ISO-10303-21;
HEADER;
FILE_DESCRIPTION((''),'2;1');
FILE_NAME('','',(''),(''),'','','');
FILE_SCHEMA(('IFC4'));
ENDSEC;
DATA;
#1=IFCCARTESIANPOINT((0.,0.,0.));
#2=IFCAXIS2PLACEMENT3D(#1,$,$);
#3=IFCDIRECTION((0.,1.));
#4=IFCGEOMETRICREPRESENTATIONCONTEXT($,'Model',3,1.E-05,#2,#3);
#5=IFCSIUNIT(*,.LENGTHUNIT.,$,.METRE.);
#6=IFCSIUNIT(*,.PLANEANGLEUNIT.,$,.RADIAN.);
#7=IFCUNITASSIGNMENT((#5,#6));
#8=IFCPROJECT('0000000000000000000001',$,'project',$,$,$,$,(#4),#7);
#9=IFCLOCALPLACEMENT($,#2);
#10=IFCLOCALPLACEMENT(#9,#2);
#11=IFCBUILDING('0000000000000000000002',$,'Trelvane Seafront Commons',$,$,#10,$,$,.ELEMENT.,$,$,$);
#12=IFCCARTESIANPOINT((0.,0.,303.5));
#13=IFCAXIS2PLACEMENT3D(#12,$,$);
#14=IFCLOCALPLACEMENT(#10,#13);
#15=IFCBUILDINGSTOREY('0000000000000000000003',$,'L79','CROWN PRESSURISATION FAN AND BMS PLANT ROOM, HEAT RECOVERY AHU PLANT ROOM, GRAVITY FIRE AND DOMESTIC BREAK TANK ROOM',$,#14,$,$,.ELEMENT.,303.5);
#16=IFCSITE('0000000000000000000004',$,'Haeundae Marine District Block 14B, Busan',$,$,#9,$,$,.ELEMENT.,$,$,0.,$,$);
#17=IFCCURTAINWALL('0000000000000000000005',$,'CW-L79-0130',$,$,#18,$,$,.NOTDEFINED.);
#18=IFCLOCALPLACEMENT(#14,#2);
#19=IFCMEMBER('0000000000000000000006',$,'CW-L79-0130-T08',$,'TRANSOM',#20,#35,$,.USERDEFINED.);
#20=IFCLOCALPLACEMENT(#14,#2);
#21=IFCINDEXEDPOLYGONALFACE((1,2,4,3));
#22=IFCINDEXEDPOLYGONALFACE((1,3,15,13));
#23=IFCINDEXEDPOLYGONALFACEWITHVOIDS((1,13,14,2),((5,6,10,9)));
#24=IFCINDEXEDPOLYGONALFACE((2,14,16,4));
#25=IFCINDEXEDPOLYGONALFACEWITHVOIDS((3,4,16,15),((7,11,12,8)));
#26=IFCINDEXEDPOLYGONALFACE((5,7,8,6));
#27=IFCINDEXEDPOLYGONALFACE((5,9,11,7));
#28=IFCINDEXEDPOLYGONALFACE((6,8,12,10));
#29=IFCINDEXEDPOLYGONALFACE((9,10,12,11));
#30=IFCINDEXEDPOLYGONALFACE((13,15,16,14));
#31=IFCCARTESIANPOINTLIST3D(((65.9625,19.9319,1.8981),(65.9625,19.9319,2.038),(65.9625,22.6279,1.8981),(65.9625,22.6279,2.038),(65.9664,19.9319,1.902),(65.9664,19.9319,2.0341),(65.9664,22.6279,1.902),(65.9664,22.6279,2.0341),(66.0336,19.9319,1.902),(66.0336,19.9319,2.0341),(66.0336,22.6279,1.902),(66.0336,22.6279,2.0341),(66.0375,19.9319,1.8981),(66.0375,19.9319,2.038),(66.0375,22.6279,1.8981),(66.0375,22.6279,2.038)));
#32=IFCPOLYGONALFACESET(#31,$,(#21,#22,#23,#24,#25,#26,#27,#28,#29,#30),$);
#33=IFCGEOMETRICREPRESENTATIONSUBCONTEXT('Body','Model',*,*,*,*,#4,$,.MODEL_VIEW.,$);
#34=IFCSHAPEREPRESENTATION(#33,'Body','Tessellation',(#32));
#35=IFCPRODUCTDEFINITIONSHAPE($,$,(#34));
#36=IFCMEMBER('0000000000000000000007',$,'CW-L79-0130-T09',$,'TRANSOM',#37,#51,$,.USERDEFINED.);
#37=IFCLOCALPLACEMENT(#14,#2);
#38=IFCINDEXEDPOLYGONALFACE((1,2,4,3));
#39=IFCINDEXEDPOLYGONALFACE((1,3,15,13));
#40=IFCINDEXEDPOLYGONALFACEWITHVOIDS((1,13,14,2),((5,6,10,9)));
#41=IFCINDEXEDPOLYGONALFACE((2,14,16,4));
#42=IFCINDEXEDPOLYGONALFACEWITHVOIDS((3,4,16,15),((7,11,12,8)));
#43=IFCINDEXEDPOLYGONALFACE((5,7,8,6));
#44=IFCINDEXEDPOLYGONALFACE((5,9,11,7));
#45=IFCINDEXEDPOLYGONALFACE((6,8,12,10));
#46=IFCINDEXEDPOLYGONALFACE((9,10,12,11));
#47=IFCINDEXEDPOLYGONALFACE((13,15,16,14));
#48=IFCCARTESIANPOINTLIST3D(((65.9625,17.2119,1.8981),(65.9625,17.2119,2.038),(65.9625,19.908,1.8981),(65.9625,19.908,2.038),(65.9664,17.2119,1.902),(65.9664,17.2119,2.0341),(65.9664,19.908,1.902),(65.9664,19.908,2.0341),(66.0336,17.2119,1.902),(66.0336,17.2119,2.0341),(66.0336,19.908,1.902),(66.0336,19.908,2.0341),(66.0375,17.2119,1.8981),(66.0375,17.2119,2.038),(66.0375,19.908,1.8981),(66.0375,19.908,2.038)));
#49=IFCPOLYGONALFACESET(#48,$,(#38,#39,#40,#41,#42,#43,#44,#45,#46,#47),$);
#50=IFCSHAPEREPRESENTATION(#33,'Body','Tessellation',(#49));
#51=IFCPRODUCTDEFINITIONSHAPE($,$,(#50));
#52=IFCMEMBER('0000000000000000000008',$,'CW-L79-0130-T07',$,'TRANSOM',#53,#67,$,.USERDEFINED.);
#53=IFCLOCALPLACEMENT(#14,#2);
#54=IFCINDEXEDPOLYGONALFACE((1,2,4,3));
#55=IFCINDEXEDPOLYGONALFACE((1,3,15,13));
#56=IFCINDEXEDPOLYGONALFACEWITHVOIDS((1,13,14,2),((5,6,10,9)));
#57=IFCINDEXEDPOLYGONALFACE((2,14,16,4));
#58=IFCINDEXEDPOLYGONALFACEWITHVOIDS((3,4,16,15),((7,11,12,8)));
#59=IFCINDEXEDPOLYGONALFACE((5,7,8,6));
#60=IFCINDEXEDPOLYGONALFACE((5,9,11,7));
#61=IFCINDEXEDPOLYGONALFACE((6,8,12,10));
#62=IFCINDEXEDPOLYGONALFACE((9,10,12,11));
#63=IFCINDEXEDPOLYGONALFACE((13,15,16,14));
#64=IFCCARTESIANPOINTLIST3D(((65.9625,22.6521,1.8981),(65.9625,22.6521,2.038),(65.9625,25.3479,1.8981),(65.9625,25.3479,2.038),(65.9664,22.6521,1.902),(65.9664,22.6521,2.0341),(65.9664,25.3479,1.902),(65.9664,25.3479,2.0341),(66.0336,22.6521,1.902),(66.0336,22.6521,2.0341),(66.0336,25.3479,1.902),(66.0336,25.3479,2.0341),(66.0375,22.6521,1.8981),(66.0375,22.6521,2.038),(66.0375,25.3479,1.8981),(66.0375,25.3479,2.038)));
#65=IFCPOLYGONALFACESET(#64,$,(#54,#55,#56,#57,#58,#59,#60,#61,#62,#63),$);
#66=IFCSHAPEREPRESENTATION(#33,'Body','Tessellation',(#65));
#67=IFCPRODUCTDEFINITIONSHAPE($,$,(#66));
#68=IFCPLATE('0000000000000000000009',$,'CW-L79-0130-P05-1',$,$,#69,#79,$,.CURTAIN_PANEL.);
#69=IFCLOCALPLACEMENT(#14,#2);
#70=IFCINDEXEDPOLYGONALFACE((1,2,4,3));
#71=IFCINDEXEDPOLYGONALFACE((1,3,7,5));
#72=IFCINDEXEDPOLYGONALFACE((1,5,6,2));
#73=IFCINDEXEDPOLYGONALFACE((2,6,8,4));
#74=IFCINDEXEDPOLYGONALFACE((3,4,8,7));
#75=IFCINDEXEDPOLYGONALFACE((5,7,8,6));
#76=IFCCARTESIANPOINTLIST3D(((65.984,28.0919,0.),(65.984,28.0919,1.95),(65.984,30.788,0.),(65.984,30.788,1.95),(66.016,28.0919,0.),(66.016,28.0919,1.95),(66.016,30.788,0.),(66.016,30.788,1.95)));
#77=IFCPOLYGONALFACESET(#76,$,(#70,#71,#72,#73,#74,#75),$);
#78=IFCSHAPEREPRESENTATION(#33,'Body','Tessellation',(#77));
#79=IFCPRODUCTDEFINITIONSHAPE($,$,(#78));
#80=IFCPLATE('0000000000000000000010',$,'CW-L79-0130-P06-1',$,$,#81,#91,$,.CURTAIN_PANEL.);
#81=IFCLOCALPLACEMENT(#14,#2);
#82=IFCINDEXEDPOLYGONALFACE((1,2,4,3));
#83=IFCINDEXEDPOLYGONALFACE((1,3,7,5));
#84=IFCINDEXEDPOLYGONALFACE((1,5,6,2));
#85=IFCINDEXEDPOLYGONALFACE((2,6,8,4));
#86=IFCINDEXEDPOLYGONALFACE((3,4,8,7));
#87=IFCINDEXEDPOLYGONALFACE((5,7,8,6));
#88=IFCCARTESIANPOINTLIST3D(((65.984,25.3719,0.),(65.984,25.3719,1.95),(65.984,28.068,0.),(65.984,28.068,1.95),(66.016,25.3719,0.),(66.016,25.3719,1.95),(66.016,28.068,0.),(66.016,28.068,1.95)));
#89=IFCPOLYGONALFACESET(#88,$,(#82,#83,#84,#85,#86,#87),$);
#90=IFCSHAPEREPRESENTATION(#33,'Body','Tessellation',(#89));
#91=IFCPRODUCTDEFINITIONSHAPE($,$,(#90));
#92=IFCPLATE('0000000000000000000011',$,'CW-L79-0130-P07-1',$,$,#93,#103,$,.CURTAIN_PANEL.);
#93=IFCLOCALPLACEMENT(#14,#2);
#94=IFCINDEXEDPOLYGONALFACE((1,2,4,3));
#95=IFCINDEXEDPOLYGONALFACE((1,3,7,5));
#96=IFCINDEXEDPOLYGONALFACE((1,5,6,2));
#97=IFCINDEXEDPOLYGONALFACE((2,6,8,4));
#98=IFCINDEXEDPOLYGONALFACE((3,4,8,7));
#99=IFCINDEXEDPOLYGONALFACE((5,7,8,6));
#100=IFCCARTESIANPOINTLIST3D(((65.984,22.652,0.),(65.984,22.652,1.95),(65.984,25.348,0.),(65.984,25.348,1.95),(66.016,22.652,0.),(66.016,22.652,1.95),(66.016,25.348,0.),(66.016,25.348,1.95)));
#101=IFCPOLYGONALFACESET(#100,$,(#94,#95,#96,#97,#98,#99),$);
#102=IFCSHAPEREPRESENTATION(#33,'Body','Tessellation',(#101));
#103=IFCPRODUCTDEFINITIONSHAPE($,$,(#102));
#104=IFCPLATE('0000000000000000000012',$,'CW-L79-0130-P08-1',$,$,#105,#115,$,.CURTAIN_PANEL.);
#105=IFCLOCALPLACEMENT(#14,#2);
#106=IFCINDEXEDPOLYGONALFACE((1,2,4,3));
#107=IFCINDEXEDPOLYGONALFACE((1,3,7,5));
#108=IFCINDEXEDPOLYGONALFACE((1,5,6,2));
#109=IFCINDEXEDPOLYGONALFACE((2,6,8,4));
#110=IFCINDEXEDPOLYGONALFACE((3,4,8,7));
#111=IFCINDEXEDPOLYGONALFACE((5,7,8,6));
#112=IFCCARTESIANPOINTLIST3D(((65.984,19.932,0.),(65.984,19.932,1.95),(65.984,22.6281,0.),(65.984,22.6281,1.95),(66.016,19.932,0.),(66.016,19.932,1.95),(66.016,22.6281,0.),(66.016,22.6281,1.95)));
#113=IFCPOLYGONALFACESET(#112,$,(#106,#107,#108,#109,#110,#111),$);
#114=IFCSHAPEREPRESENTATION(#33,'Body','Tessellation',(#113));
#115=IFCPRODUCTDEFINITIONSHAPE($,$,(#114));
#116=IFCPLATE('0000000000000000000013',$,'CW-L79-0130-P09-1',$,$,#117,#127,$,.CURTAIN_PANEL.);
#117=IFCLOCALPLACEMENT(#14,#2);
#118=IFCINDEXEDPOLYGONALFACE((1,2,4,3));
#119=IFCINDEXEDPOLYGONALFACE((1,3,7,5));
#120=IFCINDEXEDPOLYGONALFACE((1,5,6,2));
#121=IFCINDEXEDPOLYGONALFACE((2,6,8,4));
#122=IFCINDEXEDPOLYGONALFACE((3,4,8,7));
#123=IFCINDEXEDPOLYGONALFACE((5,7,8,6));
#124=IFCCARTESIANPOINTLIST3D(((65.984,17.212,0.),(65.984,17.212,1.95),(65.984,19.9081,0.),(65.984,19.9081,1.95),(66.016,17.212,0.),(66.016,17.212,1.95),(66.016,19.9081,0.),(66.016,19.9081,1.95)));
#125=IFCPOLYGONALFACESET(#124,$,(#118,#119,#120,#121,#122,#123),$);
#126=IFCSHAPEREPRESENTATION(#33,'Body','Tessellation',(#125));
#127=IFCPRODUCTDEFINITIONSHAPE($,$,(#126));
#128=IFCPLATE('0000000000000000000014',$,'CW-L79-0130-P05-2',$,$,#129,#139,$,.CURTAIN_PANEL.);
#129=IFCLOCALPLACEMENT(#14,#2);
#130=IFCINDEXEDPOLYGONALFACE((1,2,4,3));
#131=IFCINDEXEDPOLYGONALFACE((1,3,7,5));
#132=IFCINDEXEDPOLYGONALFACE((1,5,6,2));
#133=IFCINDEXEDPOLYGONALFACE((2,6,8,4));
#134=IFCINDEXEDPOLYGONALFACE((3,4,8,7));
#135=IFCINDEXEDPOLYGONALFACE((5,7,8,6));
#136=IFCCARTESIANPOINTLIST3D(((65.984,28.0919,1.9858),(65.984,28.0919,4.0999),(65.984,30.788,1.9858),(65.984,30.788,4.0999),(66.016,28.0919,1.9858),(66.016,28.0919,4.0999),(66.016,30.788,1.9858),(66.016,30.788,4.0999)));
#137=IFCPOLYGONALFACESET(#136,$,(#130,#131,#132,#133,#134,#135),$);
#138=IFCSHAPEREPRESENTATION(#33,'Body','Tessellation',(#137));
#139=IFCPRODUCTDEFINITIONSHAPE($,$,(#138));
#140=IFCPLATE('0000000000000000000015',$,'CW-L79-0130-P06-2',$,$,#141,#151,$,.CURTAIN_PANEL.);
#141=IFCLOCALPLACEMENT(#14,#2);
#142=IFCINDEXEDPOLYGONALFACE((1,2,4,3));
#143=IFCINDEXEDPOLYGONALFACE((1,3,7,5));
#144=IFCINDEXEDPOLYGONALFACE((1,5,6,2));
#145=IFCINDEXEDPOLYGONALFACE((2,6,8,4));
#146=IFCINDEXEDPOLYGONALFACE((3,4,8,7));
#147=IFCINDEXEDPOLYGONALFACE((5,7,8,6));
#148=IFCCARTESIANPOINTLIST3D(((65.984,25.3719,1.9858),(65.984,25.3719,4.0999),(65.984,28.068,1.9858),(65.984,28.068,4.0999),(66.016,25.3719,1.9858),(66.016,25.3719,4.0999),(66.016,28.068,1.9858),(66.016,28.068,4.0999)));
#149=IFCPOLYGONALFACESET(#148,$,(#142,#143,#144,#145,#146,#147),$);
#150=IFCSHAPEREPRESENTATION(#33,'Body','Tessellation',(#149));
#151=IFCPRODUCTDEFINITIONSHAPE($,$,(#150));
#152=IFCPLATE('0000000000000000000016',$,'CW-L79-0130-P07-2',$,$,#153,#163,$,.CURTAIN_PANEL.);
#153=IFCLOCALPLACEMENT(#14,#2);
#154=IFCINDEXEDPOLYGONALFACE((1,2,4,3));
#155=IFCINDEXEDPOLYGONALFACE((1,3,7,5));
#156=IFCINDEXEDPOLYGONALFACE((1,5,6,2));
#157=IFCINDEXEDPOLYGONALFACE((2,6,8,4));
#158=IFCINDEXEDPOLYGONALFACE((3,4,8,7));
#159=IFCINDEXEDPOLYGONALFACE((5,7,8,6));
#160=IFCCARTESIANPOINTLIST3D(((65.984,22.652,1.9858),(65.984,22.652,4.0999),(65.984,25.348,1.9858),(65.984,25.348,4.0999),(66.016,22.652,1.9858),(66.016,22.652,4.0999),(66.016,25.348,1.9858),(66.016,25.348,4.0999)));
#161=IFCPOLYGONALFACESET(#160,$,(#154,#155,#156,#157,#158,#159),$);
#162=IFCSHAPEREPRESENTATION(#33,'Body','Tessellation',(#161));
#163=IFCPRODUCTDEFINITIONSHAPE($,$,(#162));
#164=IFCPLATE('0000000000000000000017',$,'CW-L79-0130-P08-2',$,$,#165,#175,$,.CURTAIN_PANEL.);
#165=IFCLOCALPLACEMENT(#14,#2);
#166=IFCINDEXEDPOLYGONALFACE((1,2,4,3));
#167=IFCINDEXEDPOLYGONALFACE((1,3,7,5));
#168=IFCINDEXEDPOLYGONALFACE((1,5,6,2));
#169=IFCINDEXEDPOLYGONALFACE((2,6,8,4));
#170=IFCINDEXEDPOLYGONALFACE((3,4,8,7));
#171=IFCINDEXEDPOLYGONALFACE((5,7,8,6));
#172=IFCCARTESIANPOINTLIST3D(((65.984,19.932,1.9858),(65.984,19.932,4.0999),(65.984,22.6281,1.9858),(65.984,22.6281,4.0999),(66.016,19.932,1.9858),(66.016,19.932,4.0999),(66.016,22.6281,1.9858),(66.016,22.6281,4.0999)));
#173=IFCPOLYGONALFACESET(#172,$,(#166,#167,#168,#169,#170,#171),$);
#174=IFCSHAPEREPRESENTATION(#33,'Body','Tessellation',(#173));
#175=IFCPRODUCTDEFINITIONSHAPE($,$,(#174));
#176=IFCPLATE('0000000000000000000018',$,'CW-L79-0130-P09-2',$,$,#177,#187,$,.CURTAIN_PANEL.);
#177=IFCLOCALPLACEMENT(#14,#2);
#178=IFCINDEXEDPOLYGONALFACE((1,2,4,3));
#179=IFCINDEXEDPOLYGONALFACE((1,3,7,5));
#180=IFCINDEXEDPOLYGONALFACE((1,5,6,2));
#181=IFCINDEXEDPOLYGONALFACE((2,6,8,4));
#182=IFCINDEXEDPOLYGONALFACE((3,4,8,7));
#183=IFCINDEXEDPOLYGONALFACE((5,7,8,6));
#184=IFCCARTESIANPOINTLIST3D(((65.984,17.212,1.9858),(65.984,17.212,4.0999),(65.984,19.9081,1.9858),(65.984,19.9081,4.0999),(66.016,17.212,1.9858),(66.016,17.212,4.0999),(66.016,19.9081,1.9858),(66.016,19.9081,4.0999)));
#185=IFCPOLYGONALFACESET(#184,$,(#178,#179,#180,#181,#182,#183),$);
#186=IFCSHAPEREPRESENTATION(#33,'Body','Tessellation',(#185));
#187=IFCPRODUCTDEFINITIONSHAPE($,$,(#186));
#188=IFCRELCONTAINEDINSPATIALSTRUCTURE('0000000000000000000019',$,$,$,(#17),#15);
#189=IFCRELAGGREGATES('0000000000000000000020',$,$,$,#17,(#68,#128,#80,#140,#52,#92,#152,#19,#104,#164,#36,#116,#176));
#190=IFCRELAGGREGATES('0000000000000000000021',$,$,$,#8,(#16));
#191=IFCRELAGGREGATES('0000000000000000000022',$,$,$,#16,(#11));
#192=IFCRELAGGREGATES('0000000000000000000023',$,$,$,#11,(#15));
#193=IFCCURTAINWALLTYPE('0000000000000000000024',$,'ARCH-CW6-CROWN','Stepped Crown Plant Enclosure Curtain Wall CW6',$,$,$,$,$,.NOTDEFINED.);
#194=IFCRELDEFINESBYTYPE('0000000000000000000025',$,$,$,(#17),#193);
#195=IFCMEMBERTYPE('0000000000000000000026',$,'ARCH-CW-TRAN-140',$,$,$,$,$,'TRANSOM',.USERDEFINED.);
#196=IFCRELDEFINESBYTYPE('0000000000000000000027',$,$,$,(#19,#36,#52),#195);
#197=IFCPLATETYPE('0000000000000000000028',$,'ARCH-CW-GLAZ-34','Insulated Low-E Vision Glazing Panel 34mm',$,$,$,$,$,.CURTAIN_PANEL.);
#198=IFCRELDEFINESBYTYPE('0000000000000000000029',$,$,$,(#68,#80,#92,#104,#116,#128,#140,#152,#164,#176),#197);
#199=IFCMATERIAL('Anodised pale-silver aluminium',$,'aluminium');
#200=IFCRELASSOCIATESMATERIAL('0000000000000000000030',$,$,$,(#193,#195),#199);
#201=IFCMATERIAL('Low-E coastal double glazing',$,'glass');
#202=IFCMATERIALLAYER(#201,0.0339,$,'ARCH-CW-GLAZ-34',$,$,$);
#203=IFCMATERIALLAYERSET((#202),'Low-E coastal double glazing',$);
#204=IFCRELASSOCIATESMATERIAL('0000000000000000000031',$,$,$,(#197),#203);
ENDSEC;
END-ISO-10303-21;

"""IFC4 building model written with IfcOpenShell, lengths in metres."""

from ifc_helpers import new_model, si_unit, direction, frame, origin, origin_2d, place, context, subcontext, project, spatial, rectangle, hollow_rectangle, extrude, source, transform, mapped, material, layer, layer_set, material_profile, profile_set, type_object, element, aggregate, save


model = new_model("IFC4")

# Units and contexts
model_context = context("Model", 3, precision=1e-05, world=origin(), true_north=direction((0.0, 1.0)))
body_context = subcontext(model_context, "Body", "Model", "MODEL_VIEW")
ifc_project = project(units=[si_unit("LENGTHUNIT", "METRE"), si_unit("PLANEANGLEUNIT", "RADIAN")], contexts=[model_context])

# Site, building, storey
site_placement = place(None, origin())
site = spatial("IfcSite", under=ifc_project, at=site_placement, Name="Haeundae Marine District Block 14B, Busan", CompositionType="ELEMENT", RefElevation=0.0)
building_placement = place(site_placement, origin())
building = spatial("IfcBuilding", under=site, at=building_placement, Name="Trelvane Seafront Commons", CompositionType="ELEMENT")
storey_placement = place(building_placement, frame((0.0, 0.0, 303.5)))
storey = spatial("IfcBuildingStorey", under=building, at=storey_placement, Name="L79", Description="CROWN PRESSURISATION FAN AND BMS PLANT ROOM, HEAT RECOVERY AHU PLANT ROOM, GRAVITY FIRE AND DOMESTIC BREAK TANK ROOM", CompositionType="ELEMENT", Elevation=303.5)

# Curtain wall, members, plates
ifc_material_1 = material(Name="Anodised pale-silver aluminium", Category="aluminium")
curtain_wall_type = type_object("IfcCurtainWallType", Name="ARCH-CW6-CROWN", Description="Stepped Crown Plant Enclosure Curtain Wall CW6", PredefinedType="NOTDEFINED", material=ifc_material_1)
curtain_wall_placement = place(storey_placement, origin())
curtain_wall = element("IfcCurtainWall", 1, at=curtain_wall_placement, inside=storey, type_object=curtain_wall_type, Name="CW-L79-0130", PredefinedType="NOTDEFINED")
ifc_material_profile_1 = material_profile(ifc_material_1, hollow_rectangle(XDim=0.075, YDim=0.1399, WallThickness=0.0039, at=origin_2d()), Name="TRAN-75x140x4")
ifc_profile_set_1 = profile_set([ifc_material_profile_1], Name="Anodised pale-silver aluminium")
member_type_1 = type_object("IfcMemberType", Name="ARCH-CW-TRAN-140", ElementType="TRANSOM", PredefinedType="USERDEFINED", material=ifc_profile_set_1)
shared_shape_1 = source(origin(), body_context, "Body", "SweptSolid", [
    extrude(hollow_rectangle(XDim=0.075, YDim=0.1399, WallThickness=0.0039, at=origin_2d()), origin(), (0.0, 0.0, 1.0), 2.696),
])
member_1_placement = place(storey_placement, frame((66.0, 22.6279, 1.968), z_axis=(0.0, -1.0, 0.0), x_axis=(1.0, 0.0, 0.0)))
member_1 = element("IfcMember", 2, at=member_1_placement, type_object=member_type_1, Name="CW-L79-0130-T08", ObjectType="TRANSOM", PredefinedType="USERDEFINED", context=body_context, shape_type="MappedRepresentation", body=[
    mapped(shared_shape_1, transform((0.0, 0.0, 0.0), x_axis=(1.0, 0.0, 0.0), y_axis=(0.0, 1.0, 0.0), z_axis=(0.0, 0.0, 1.0), scale=1.0)),
])
member_2_placement = place(storey_placement, frame((66.0, 19.908, 1.968), z_axis=(0.0, -1.0, 0.0), x_axis=(1.0, 0.0, 0.0)))
member_2 = element("IfcMember", 3, at=member_2_placement, type_object=member_type_1, Name="CW-L79-0130-T09", ObjectType="TRANSOM", PredefinedType="USERDEFINED", context=body_context, shape_type="MappedRepresentation", body=[
    mapped(shared_shape_1, transform((0.0, 0.0, 0.0), x_axis=(1.0, 0.0, 0.0), y_axis=(0.0, 1.0, 0.0), z_axis=(0.0, 0.0, 1.0), scale=1.0)),
])
shared_shape_2 = source(origin(), body_context, "Body", "SweptSolid", [
    extrude(hollow_rectangle(XDim=0.075, YDim=0.1399, WallThickness=0.0039, at=origin_2d()), origin(), (0.0, 0.0, 1.0), 2.6958),
])
member_3_placement = place(storey_placement, frame((66.0, 25.3479, 1.968), z_axis=(0.0, -1.0, 0.0), x_axis=(1.0, 0.0, 0.0)))
member_3 = element("IfcMember", 4, at=member_3_placement, type_object=member_type_1, Name="CW-L79-0130-T07", ObjectType="TRANSOM", PredefinedType="USERDEFINED", context=body_context, shape_type="MappedRepresentation", body=[
    mapped(shared_shape_2, transform((0.0, 0.0, 0.0), x_axis=(1.0, 0.0, 0.0), y_axis=(0.0, 1.0, 0.0), z_axis=(0.0, 0.0, 1.0), scale=1.0)),
])
ifc_material_2 = material(Name="Low-E coastal double glazing", Category="glass")
ifc_layer_1 = layer(ifc_material_2, 0.0339, Name="ARCH-CW-GLAZ-34")
ifc_layer_set_1 = layer_set([ifc_layer_1], Name="Low-E coastal double glazing")
plate_type = type_object("IfcPlateType", Name="ARCH-CW-GLAZ-34", Description="Insulated Low-E Vision Glazing Panel 34mm", PredefinedType="CURTAIN_PANEL", material=ifc_layer_set_1)
shared_shape_3 = source(origin(), body_context, "Body", "SweptSolid", [
    extrude(rectangle(XDim=2.696, YDim=0.032, at=origin_2d()), origin(), (0.0, 0.0, 1.0), 1.95),
])
plate_1_placement = place(storey_placement, frame((66.0, 29.4399, 0.0), z_axis=(0.0, 0.0, 1.0), x_axis=(0.0, -1.0, 0.0)))
plate_1 = element("IfcPlate", 5, at=plate_1_placement, type_object=plate_type, Name="CW-L79-0130-P05-1", PredefinedType="CURTAIN_PANEL", context=body_context, shape_type="MappedRepresentation", body=[
    mapped(shared_shape_3, transform((0.0, 0.0, 0.0), x_axis=(1.0, 0.0, 0.0), y_axis=(0.0, 1.0, 0.0), z_axis=(0.0, 0.0, 1.0), scale=1.0)),
])
plate_2_placement = place(storey_placement, frame((66.0, 26.72, 0.0), z_axis=(0.0, 0.0, 1.0), x_axis=(0.0, -1.0, 0.0)))
plate_2 = element("IfcPlate", 6, at=plate_2_placement, type_object=plate_type, Name="CW-L79-0130-P06-1", PredefinedType="CURTAIN_PANEL", context=body_context, shape_type="MappedRepresentation", body=[
    mapped(shared_shape_3, transform((0.0, 0.0, 0.0), x_axis=(1.0, 0.0, 0.0), y_axis=(0.0, 1.0, 0.0), z_axis=(0.0, 0.0, 1.0), scale=1.0)),
])
plate_3_placement = place(storey_placement, frame((66.0, 24.0, 0.0), z_axis=(0.0, 0.0, 1.0), x_axis=(0.0, -1.0, 0.0)))
plate_3 = element("IfcPlate", 7, at=plate_3_placement, type_object=plate_type, Name="CW-L79-0130-P07-1", PredefinedType="CURTAIN_PANEL", context=body_context, shape_type="MappedRepresentation", body=[
    mapped(shared_shape_3, transform((0.0, 0.0, 0.0), x_axis=(1.0, 0.0, 0.0), y_axis=(0.0, 1.0, 0.0), z_axis=(0.0, 0.0, 1.0), scale=1.0)),
])
plate_4_placement = place(storey_placement, frame((66.0, 21.28, 0.0), z_axis=(0.0, 0.0, 1.0), x_axis=(0.0, -1.0, 0.0)))
plate_4 = element("IfcPlate", 8, at=plate_4_placement, type_object=plate_type, Name="CW-L79-0130-P08-1", PredefinedType="CURTAIN_PANEL", context=body_context, shape_type="MappedRepresentation", body=[
    mapped(shared_shape_3, transform((0.0, 0.0, 0.0), x_axis=(1.0, 0.0, 0.0), y_axis=(0.0, 1.0, 0.0), z_axis=(0.0, 0.0, 1.0), scale=1.0)),
])
plate_5_placement = place(storey_placement, frame((66.0, 18.5601, 0.0), z_axis=(0.0, 0.0, 1.0), x_axis=(0.0, -1.0, 0.0)))
plate_5 = element("IfcPlate", 9, at=plate_5_placement, type_object=plate_type, Name="CW-L79-0130-P09-1", PredefinedType="CURTAIN_PANEL", context=body_context, shape_type="MappedRepresentation", body=[
    mapped(shared_shape_3, transform((0.0, 0.0, 0.0), x_axis=(1.0, 0.0, 0.0), y_axis=(0.0, 1.0, 0.0), z_axis=(0.0, 0.0, 1.0), scale=1.0)),
])
shared_shape_4 = source(origin(), body_context, "Body", "SweptSolid", [
    extrude(rectangle(XDim=2.696, YDim=0.032, at=origin_2d()), origin(), (0.0, 0.0, 1.0), 2.114),
])
plate_6_placement = place(storey_placement, frame((66.0, 29.4399, 1.9858), z_axis=(0.0, 0.0, 1.0), x_axis=(0.0, -1.0, 0.0)))
plate_6 = element("IfcPlate", 10, at=plate_6_placement, type_object=plate_type, Name="CW-L79-0130-P05-2", PredefinedType="CURTAIN_PANEL", context=body_context, shape_type="MappedRepresentation", body=[
    mapped(shared_shape_4, transform((0.0, 0.0, 0.0), x_axis=(1.0, 0.0, 0.0), y_axis=(0.0, 1.0, 0.0), z_axis=(0.0, 0.0, 1.0), scale=1.0)),
])
plate_7_placement = place(storey_placement, frame((66.0, 26.72, 1.9858), z_axis=(0.0, 0.0, 1.0), x_axis=(0.0, -1.0, 0.0)))
plate_7 = element("IfcPlate", 11, at=plate_7_placement, type_object=plate_type, Name="CW-L79-0130-P06-2", PredefinedType="CURTAIN_PANEL", context=body_context, shape_type="MappedRepresentation", body=[
    mapped(shared_shape_4, transform((0.0, 0.0, 0.0), x_axis=(1.0, 0.0, 0.0), y_axis=(0.0, 1.0, 0.0), z_axis=(0.0, 0.0, 1.0), scale=1.0)),
])
plate_8_placement = place(storey_placement, frame((66.0, 24.0, 1.9858), z_axis=(0.0, 0.0, 1.0), x_axis=(0.0, -1.0, 0.0)))
plate_8 = element("IfcPlate", 12, at=plate_8_placement, type_object=plate_type, Name="CW-L79-0130-P07-2", PredefinedType="CURTAIN_PANEL", context=body_context, shape_type="MappedRepresentation", body=[
    mapped(shared_shape_4, transform((0.0, 0.0, 0.0), x_axis=(1.0, 0.0, 0.0), y_axis=(0.0, 1.0, 0.0), z_axis=(0.0, 0.0, 1.0), scale=1.0)),
])
plate_9_placement = place(storey_placement, frame((66.0, 21.28, 1.9858), z_axis=(0.0, 0.0, 1.0), x_axis=(0.0, -1.0, 0.0)))
plate_9 = element("IfcPlate", 13, at=plate_9_placement, type_object=plate_type, Name="CW-L79-0130-P08-2", PredefinedType="CURTAIN_PANEL", context=body_context, shape_type="MappedRepresentation", body=[
    mapped(shared_shape_4, transform((0.0, 0.0, 0.0), x_axis=(1.0, 0.0, 0.0), y_axis=(0.0, 1.0, 0.0), z_axis=(0.0, 0.0, 1.0), scale=1.0)),
])
plate_10_placement = place(storey_placement, frame((66.0, 18.5601, 1.9858), z_axis=(0.0, 0.0, 1.0), x_axis=(0.0, -1.0, 0.0)))
plate_10 = element("IfcPlate", 14, at=plate_10_placement, type_object=plate_type, Name="CW-L79-0130-P09-2", PredefinedType="CURTAIN_PANEL", context=body_context, shape_type="MappedRepresentation", body=[
    mapped(shared_shape_4, transform((0.0, 0.0, 0.0), x_axis=(1.0, 0.0, 0.0), y_axis=(0.0, 1.0, 0.0), z_axis=(0.0, 0.0, 1.0), scale=1.0)),
])
aggregate(curtain_wall, [plate_1, plate_6, plate_2, plate_7, member_3, plate_3, plate_8, member_1, plate_4, plate_9, member_2, plate_5, plate_10])

save(model, "model.ifc")
